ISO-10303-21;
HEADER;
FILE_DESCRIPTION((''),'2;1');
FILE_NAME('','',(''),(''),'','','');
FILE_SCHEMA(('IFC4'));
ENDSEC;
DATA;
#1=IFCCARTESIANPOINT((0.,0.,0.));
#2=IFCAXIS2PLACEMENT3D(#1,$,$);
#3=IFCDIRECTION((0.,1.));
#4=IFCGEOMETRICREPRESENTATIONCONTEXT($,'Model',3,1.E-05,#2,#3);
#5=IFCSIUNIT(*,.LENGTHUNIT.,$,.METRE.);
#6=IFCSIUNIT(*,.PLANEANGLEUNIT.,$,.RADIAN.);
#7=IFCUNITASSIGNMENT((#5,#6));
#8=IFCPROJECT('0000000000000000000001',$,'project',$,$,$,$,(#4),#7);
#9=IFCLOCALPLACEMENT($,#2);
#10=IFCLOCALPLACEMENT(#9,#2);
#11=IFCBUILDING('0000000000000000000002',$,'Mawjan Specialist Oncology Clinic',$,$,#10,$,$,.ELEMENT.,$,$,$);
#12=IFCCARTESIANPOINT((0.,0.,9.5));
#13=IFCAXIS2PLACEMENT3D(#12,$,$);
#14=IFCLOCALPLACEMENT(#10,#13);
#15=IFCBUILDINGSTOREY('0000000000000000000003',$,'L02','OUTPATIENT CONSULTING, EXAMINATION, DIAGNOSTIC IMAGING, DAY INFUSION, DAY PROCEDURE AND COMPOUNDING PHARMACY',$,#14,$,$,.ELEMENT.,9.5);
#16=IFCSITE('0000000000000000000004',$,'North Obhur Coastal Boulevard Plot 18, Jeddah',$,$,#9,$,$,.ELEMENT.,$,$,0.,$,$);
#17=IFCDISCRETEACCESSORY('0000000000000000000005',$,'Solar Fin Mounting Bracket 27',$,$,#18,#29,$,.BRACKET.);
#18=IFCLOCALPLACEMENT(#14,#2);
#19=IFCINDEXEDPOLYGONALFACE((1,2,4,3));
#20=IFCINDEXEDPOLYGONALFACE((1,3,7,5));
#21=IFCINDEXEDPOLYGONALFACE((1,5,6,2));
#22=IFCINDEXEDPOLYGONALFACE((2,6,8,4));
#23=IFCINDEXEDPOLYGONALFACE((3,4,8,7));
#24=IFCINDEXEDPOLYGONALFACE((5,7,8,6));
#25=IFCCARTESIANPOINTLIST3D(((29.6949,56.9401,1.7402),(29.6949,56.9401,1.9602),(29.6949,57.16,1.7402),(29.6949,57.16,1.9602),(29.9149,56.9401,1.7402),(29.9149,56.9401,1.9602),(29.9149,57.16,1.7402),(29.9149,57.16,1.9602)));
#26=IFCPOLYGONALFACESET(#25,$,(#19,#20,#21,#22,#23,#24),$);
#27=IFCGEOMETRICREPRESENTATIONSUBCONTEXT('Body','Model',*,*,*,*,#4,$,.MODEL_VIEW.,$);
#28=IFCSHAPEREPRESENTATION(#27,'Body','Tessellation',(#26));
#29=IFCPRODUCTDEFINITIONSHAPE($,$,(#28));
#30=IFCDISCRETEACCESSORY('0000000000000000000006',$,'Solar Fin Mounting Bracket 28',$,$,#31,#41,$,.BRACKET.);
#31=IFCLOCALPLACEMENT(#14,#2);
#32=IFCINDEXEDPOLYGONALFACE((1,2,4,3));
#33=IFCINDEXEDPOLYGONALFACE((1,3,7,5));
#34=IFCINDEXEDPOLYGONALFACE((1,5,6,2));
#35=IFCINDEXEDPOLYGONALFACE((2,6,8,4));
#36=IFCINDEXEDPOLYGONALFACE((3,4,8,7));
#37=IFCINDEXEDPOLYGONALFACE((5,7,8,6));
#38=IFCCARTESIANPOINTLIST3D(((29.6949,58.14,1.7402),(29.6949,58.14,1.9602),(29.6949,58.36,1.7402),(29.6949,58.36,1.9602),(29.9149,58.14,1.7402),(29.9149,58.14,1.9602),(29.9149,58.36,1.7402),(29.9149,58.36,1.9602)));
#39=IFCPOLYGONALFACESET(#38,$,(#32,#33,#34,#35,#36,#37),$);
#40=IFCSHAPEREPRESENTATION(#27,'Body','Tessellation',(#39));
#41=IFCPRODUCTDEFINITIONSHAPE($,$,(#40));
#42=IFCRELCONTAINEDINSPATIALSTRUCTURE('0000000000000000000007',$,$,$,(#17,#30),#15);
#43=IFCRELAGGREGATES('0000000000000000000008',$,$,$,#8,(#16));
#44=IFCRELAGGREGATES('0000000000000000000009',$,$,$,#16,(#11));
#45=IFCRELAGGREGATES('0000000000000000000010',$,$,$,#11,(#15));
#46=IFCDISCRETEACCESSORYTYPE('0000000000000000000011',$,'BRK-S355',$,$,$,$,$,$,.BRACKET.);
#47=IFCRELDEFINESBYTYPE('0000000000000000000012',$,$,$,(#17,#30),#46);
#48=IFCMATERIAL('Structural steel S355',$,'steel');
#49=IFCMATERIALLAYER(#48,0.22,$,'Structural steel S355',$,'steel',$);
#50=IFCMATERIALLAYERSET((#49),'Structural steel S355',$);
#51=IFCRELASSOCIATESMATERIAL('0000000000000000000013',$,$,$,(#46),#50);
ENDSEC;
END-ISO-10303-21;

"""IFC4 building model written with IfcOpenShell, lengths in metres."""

from ifc_helpers import new_model, si_unit, direction, frame, origin, origin_2d, place, context, subcontext, project, spatial, rectangle, extrude, material, layer, layer_set, type_object, element, save


model = new_model("IFC4")

# Units and contexts
model_context = context("Model", 3, precision=1e-05, world=origin(), true_north=direction((0.0, 1.0)))
body_context = subcontext(model_context, "Body", "Model", "MODEL_VIEW")
ifc_project = project(units=[si_unit("LENGTHUNIT", "METRE"), si_unit("PLANEANGLEUNIT", "RADIAN")], contexts=[model_context])

# Site, building, storey
site_placement = place(None, origin())
site = spatial("IfcSite", under=ifc_project, at=site_placement, Name="North Obhur Coastal Boulevard Plot 18, Jeddah", CompositionType="ELEMENT", RefElevation=0.0)
building_placement = place(site_placement, origin())
building = spatial("IfcBuilding", under=site, at=building_placement, Name="Mawjan Specialist Oncology Clinic", CompositionType="ELEMENT")
storey_placement = place(building_placement, frame((0.0, 0.0, 9.5)))
storey = spatial("IfcBuildingStorey", under=building, at=storey_placement, Name="L02", Description="OUTPATIENT CONSULTING, EXAMINATION, DIAGNOSTIC IMAGING, DAY INFUSION, DAY PROCEDURE AND COMPOUNDING PHARMACY", CompositionType="ELEMENT", Elevation=9.5)

# Discrete accessories
ifc_material_1 = material(Name="Structural steel S355", Category="steel")
ifc_layer_1 = layer(ifc_material_1, 0.22, Name="Structural steel S355", Category="steel")
ifc_layer_set_1 = layer_set([ifc_layer_1], Name="Structural steel S355")
discrete_accessory_type = type_object("IfcDiscreteAccessoryType", Name="BRK-S355", PredefinedType="BRACKET", material=ifc_layer_set_1)
for number, where, z_axis, x_axis, name in (
    (1, (29.8049, 57.05, 1.7402), (0.0, 0.0, 1.0), (0.0, 1.0, 0.0), "Solar Fin Mounting Bracket 27"),
    (2, (29.8049, 58.25, 1.7402), (0.0, 0.0, 1.0), (0.0, 1.0, 0.0), "Solar Fin Mounting Bracket 28"),
):
    element("IfcDiscreteAccessory", number, at=place(storey_placement, frame(where, z_axis=z_axis, x_axis=x_axis)), inside=storey, type_object=discrete_accessory_type, Name=name, PredefinedType="BRACKET", context=body_context, shape_type="SweptSolid", body=[
        extrude(rectangle(XDim=0.22, YDim=0.22, at=origin_2d()), origin(), (0.0, 0.0, 1.0), 0.22),
    ])

save(model, "model.ifc")
